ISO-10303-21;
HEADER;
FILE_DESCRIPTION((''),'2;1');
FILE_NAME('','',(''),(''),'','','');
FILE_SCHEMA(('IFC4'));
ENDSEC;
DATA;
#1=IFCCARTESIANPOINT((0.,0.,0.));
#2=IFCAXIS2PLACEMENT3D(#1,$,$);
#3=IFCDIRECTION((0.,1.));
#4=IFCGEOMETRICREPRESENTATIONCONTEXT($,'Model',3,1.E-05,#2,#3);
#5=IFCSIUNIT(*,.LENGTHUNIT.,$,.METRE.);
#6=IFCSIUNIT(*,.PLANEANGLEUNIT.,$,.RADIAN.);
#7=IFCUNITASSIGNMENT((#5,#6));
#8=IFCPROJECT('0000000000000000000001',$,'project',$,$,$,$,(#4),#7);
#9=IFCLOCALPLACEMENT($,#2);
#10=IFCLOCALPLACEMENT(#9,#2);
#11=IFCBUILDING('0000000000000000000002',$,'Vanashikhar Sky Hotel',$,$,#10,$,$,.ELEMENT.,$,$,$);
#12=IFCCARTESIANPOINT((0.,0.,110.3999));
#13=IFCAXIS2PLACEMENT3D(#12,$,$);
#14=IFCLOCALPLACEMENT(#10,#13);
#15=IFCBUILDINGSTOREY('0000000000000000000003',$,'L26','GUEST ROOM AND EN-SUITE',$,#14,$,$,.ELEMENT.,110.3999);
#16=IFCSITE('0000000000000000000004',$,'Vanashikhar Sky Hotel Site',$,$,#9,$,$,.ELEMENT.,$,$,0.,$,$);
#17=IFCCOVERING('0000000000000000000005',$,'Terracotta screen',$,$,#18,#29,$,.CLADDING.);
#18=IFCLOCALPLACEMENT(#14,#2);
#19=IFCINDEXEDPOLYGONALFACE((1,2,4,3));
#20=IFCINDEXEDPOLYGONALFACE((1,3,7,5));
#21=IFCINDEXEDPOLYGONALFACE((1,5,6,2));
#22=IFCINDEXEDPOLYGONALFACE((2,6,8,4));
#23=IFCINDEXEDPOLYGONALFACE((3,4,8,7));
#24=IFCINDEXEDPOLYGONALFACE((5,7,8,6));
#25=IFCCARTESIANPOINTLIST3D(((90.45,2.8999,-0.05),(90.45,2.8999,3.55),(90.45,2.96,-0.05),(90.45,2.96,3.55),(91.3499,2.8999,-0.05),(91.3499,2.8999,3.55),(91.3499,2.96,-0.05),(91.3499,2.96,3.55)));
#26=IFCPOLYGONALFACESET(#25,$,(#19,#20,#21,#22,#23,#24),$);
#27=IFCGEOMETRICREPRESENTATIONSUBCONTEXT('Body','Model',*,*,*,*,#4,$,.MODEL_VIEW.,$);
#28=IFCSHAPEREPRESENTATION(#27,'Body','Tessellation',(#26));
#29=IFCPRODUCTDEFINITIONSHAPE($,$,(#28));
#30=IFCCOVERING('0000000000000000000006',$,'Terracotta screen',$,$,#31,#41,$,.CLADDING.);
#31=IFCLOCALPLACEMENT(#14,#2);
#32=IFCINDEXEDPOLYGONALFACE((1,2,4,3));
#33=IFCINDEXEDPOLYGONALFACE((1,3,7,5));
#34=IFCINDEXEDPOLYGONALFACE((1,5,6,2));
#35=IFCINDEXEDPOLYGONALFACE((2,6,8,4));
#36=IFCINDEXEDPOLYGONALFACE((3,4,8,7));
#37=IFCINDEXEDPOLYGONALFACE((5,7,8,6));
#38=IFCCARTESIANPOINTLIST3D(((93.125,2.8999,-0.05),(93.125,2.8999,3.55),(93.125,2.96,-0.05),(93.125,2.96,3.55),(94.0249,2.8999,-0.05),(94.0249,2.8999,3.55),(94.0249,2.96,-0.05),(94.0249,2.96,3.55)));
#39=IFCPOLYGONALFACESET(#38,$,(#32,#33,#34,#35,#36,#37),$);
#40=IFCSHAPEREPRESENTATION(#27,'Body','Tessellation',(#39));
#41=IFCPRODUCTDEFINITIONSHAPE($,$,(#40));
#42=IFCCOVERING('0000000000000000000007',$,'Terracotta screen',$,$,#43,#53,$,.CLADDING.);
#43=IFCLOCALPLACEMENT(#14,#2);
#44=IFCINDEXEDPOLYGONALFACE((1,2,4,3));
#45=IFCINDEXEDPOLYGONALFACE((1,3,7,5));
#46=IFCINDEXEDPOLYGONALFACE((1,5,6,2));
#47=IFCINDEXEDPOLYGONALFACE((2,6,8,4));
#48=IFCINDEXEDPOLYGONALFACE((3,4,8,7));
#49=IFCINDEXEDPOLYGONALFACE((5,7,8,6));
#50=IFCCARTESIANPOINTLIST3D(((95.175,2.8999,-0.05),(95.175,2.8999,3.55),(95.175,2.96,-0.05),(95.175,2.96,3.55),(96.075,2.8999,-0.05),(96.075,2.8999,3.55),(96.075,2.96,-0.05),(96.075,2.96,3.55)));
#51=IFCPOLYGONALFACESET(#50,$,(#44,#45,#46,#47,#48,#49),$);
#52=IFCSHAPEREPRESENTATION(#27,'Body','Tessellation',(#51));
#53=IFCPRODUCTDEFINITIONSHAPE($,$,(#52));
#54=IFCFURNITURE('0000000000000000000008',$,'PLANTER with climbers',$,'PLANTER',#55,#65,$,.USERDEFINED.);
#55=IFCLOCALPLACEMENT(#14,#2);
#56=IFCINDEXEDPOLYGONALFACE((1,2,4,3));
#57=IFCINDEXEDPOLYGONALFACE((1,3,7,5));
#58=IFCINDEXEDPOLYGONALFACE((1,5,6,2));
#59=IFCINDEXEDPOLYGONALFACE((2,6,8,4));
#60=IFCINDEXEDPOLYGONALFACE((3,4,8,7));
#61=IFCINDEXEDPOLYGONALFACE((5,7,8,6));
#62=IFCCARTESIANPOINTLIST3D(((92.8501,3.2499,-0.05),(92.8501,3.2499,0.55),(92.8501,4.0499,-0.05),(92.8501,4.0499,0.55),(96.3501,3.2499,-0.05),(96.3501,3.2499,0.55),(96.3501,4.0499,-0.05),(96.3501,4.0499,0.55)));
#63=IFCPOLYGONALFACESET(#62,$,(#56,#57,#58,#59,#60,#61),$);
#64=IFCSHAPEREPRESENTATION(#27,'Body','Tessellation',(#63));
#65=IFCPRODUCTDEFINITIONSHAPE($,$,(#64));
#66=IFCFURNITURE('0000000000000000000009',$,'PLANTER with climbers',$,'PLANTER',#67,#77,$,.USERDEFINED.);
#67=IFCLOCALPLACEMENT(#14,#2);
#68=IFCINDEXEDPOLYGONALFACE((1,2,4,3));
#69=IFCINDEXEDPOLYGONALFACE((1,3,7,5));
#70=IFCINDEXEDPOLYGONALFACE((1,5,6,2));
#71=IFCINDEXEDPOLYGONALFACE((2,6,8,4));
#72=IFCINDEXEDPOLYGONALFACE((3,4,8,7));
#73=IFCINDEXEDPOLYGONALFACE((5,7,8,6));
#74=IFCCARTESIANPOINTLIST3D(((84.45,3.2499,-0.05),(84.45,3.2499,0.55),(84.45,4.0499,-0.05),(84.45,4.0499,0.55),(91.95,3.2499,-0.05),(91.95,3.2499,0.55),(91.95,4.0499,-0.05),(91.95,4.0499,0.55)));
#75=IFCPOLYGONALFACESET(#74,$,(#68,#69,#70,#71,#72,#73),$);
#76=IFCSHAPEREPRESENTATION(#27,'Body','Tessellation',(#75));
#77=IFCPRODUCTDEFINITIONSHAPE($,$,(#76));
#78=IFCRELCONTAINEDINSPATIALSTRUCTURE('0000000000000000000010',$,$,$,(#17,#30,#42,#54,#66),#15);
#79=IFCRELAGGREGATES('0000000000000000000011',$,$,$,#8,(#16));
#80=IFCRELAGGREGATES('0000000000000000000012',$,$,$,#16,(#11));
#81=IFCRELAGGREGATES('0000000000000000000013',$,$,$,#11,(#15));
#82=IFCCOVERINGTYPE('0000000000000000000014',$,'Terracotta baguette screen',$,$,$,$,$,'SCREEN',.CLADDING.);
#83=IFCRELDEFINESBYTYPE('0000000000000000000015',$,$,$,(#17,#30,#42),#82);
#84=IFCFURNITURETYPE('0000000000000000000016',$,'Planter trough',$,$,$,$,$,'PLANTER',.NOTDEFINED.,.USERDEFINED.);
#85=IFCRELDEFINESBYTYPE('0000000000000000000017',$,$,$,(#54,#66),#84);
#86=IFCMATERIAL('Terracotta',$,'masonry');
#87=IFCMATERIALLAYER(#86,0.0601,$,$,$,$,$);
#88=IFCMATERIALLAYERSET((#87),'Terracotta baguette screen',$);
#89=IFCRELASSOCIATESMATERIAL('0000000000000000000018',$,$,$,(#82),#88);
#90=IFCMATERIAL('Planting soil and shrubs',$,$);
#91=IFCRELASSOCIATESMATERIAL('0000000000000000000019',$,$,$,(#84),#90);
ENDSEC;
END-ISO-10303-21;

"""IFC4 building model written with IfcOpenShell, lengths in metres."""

from ifc_helpers import new_model, si_unit, direction, frame, origin, origin_2d, place, context, subcontext, project, spatial, rectangle, extrude, source, transform, mapped, material, layer, layer_set, type_object, element, save


model = new_model("IFC4")

# Units and contexts
model_context = context("Model", 3, precision=1e-05, world=origin(), true_north=direction((0.0, 1.0)))
body_context = subcontext(model_context, "Body", "Model", "MODEL_VIEW")
ifc_project = project(units=[si_unit("LENGTHUNIT", "METRE"), si_unit("PLANEANGLEUNIT", "RADIAN")], contexts=[model_context])

# Site, building, storey
site_placement = place(None, origin())
site = spatial("IfcSite", under=ifc_project, at=site_placement, Name="Vanashikhar Sky Hotel Site", CompositionType="ELEMENT", RefElevation=0.0)
building_placement = place(site_placement, origin())
building = spatial("IfcBuilding", under=site, at=building_placement, Name="Vanashikhar Sky Hotel", CompositionType="ELEMENT")
storey_placement = place(building_placement, frame((0.0, 0.0, 110.3999)))
storey = spatial("IfcBuildingStorey", under=building, at=storey_placement, Name="L26", Description="GUEST ROOM AND EN-SUITE", CompositionType="ELEMENT", Elevation=110.3999)

# Coverings
ifc_material_1 = material(Name="Terracotta", Category="masonry")
ifc_layer_1 = layer(ifc_material_1, 0.0601)
ifc_layer_set_1 = layer_set([ifc_layer_1], Name="Terracotta baguette screen")
covering_type = type_object("IfcCoveringType", Name="Terracotta baguette screen", ElementType="SCREEN", PredefinedType="CLADDING", material=ifc_layer_set_1)
shared_shape_1 = source(origin(), body_context, "Body", "SweptSolid", [
    extrude(rectangle(XDim=0.8999, YDim=0.0601, at=origin_2d()), origin(), (0.0, 0.0, 1.0), 3.6001),
])
for number, where, z_axis, x_axis, name in (
    (1, (90.8999, 2.9299, -0.05), (0.0, 0.0, 1.0), (1.0, 0.0, 0.0), "Terracotta screen"),
    (2, (93.575, 2.9299, -0.05), (0.0, 0.0, 1.0), (1.0, 0.0, 0.0), "Terracotta screen"),
    (3, (95.625, 2.9299, -0.05), (0.0, 0.0, 1.0), (1.0, 0.0, 0.0), "Terracotta screen"),
):
    element("IfcCovering", number, at=place(storey_placement, frame(where, z_axis=z_axis, x_axis=x_axis)), inside=storey, type_object=covering_type, Name=name, PredefinedType="CLADDING", context=body_context, shape_type="MappedRepresentation", body=[
        mapped(shared_shape_1, transform((0.0, 0.0, 0.0), scale=1.0)),
    ])

# Furniture
ifc_material_2 = material(Name="Planting soil and shrubs")
furniture_type = type_object("IfcFurnitureType", Name="Planter trough", ElementType="PLANTER", AssemblyPlace="NOTDEFINED", PredefinedType="USERDEFINED", material=ifc_material_2)
shared_shape_2 = source(origin(), body_context, "Body", "SweptSolid", [
    extrude(rectangle(XDim=3.5, YDim=0.8, at=origin_2d()), origin(), (0.0, 0.0, 1.0), 0.6001),
])
furniture_1_placement = place(storey_placement, frame((94.6001, 3.6499, -0.05), z_axis=(0.0, 0.0, 1.0), x_axis=(1.0, 0.0, 0.0)))
element("IfcFurniture", 4, at=furniture_1_placement, inside=storey, type_object=furniture_type, Name="PLANTER with climbers", ObjectType="PLANTER", PredefinedType="USERDEFINED", context=body_context, shape_type="MappedRepresentation", body=[
    mapped(shared_shape_2, transform((0.0, 0.0, 0.0), scale=1.0)),
])
shared_shape_3 = source(origin(), body_context, "Body", "SweptSolid", [
    extrude(rectangle(XDim=7.5, YDim=0.8, at=origin_2d()), origin(), (0.0, 0.0, 1.0), 0.6001),
])
furniture_2_placement = place(storey_placement, frame((88.2, 3.6499, -0.05), z_axis=(0.0, 0.0, 1.0), x_axis=(1.0, 0.0, 0.0)))
element("IfcFurniture", 5, at=furniture_2_placement, inside=storey, type_object=furniture_type, Name="PLANTER with climbers", ObjectType="PLANTER", PredefinedType="USERDEFINED", context=body_context, shape_type="MappedRepresentation", body=[
    mapped(shared_shape_3, transform((0.0, 0.0, 0.0), scale=1.0)),
])

save(model, "model.ifc")
